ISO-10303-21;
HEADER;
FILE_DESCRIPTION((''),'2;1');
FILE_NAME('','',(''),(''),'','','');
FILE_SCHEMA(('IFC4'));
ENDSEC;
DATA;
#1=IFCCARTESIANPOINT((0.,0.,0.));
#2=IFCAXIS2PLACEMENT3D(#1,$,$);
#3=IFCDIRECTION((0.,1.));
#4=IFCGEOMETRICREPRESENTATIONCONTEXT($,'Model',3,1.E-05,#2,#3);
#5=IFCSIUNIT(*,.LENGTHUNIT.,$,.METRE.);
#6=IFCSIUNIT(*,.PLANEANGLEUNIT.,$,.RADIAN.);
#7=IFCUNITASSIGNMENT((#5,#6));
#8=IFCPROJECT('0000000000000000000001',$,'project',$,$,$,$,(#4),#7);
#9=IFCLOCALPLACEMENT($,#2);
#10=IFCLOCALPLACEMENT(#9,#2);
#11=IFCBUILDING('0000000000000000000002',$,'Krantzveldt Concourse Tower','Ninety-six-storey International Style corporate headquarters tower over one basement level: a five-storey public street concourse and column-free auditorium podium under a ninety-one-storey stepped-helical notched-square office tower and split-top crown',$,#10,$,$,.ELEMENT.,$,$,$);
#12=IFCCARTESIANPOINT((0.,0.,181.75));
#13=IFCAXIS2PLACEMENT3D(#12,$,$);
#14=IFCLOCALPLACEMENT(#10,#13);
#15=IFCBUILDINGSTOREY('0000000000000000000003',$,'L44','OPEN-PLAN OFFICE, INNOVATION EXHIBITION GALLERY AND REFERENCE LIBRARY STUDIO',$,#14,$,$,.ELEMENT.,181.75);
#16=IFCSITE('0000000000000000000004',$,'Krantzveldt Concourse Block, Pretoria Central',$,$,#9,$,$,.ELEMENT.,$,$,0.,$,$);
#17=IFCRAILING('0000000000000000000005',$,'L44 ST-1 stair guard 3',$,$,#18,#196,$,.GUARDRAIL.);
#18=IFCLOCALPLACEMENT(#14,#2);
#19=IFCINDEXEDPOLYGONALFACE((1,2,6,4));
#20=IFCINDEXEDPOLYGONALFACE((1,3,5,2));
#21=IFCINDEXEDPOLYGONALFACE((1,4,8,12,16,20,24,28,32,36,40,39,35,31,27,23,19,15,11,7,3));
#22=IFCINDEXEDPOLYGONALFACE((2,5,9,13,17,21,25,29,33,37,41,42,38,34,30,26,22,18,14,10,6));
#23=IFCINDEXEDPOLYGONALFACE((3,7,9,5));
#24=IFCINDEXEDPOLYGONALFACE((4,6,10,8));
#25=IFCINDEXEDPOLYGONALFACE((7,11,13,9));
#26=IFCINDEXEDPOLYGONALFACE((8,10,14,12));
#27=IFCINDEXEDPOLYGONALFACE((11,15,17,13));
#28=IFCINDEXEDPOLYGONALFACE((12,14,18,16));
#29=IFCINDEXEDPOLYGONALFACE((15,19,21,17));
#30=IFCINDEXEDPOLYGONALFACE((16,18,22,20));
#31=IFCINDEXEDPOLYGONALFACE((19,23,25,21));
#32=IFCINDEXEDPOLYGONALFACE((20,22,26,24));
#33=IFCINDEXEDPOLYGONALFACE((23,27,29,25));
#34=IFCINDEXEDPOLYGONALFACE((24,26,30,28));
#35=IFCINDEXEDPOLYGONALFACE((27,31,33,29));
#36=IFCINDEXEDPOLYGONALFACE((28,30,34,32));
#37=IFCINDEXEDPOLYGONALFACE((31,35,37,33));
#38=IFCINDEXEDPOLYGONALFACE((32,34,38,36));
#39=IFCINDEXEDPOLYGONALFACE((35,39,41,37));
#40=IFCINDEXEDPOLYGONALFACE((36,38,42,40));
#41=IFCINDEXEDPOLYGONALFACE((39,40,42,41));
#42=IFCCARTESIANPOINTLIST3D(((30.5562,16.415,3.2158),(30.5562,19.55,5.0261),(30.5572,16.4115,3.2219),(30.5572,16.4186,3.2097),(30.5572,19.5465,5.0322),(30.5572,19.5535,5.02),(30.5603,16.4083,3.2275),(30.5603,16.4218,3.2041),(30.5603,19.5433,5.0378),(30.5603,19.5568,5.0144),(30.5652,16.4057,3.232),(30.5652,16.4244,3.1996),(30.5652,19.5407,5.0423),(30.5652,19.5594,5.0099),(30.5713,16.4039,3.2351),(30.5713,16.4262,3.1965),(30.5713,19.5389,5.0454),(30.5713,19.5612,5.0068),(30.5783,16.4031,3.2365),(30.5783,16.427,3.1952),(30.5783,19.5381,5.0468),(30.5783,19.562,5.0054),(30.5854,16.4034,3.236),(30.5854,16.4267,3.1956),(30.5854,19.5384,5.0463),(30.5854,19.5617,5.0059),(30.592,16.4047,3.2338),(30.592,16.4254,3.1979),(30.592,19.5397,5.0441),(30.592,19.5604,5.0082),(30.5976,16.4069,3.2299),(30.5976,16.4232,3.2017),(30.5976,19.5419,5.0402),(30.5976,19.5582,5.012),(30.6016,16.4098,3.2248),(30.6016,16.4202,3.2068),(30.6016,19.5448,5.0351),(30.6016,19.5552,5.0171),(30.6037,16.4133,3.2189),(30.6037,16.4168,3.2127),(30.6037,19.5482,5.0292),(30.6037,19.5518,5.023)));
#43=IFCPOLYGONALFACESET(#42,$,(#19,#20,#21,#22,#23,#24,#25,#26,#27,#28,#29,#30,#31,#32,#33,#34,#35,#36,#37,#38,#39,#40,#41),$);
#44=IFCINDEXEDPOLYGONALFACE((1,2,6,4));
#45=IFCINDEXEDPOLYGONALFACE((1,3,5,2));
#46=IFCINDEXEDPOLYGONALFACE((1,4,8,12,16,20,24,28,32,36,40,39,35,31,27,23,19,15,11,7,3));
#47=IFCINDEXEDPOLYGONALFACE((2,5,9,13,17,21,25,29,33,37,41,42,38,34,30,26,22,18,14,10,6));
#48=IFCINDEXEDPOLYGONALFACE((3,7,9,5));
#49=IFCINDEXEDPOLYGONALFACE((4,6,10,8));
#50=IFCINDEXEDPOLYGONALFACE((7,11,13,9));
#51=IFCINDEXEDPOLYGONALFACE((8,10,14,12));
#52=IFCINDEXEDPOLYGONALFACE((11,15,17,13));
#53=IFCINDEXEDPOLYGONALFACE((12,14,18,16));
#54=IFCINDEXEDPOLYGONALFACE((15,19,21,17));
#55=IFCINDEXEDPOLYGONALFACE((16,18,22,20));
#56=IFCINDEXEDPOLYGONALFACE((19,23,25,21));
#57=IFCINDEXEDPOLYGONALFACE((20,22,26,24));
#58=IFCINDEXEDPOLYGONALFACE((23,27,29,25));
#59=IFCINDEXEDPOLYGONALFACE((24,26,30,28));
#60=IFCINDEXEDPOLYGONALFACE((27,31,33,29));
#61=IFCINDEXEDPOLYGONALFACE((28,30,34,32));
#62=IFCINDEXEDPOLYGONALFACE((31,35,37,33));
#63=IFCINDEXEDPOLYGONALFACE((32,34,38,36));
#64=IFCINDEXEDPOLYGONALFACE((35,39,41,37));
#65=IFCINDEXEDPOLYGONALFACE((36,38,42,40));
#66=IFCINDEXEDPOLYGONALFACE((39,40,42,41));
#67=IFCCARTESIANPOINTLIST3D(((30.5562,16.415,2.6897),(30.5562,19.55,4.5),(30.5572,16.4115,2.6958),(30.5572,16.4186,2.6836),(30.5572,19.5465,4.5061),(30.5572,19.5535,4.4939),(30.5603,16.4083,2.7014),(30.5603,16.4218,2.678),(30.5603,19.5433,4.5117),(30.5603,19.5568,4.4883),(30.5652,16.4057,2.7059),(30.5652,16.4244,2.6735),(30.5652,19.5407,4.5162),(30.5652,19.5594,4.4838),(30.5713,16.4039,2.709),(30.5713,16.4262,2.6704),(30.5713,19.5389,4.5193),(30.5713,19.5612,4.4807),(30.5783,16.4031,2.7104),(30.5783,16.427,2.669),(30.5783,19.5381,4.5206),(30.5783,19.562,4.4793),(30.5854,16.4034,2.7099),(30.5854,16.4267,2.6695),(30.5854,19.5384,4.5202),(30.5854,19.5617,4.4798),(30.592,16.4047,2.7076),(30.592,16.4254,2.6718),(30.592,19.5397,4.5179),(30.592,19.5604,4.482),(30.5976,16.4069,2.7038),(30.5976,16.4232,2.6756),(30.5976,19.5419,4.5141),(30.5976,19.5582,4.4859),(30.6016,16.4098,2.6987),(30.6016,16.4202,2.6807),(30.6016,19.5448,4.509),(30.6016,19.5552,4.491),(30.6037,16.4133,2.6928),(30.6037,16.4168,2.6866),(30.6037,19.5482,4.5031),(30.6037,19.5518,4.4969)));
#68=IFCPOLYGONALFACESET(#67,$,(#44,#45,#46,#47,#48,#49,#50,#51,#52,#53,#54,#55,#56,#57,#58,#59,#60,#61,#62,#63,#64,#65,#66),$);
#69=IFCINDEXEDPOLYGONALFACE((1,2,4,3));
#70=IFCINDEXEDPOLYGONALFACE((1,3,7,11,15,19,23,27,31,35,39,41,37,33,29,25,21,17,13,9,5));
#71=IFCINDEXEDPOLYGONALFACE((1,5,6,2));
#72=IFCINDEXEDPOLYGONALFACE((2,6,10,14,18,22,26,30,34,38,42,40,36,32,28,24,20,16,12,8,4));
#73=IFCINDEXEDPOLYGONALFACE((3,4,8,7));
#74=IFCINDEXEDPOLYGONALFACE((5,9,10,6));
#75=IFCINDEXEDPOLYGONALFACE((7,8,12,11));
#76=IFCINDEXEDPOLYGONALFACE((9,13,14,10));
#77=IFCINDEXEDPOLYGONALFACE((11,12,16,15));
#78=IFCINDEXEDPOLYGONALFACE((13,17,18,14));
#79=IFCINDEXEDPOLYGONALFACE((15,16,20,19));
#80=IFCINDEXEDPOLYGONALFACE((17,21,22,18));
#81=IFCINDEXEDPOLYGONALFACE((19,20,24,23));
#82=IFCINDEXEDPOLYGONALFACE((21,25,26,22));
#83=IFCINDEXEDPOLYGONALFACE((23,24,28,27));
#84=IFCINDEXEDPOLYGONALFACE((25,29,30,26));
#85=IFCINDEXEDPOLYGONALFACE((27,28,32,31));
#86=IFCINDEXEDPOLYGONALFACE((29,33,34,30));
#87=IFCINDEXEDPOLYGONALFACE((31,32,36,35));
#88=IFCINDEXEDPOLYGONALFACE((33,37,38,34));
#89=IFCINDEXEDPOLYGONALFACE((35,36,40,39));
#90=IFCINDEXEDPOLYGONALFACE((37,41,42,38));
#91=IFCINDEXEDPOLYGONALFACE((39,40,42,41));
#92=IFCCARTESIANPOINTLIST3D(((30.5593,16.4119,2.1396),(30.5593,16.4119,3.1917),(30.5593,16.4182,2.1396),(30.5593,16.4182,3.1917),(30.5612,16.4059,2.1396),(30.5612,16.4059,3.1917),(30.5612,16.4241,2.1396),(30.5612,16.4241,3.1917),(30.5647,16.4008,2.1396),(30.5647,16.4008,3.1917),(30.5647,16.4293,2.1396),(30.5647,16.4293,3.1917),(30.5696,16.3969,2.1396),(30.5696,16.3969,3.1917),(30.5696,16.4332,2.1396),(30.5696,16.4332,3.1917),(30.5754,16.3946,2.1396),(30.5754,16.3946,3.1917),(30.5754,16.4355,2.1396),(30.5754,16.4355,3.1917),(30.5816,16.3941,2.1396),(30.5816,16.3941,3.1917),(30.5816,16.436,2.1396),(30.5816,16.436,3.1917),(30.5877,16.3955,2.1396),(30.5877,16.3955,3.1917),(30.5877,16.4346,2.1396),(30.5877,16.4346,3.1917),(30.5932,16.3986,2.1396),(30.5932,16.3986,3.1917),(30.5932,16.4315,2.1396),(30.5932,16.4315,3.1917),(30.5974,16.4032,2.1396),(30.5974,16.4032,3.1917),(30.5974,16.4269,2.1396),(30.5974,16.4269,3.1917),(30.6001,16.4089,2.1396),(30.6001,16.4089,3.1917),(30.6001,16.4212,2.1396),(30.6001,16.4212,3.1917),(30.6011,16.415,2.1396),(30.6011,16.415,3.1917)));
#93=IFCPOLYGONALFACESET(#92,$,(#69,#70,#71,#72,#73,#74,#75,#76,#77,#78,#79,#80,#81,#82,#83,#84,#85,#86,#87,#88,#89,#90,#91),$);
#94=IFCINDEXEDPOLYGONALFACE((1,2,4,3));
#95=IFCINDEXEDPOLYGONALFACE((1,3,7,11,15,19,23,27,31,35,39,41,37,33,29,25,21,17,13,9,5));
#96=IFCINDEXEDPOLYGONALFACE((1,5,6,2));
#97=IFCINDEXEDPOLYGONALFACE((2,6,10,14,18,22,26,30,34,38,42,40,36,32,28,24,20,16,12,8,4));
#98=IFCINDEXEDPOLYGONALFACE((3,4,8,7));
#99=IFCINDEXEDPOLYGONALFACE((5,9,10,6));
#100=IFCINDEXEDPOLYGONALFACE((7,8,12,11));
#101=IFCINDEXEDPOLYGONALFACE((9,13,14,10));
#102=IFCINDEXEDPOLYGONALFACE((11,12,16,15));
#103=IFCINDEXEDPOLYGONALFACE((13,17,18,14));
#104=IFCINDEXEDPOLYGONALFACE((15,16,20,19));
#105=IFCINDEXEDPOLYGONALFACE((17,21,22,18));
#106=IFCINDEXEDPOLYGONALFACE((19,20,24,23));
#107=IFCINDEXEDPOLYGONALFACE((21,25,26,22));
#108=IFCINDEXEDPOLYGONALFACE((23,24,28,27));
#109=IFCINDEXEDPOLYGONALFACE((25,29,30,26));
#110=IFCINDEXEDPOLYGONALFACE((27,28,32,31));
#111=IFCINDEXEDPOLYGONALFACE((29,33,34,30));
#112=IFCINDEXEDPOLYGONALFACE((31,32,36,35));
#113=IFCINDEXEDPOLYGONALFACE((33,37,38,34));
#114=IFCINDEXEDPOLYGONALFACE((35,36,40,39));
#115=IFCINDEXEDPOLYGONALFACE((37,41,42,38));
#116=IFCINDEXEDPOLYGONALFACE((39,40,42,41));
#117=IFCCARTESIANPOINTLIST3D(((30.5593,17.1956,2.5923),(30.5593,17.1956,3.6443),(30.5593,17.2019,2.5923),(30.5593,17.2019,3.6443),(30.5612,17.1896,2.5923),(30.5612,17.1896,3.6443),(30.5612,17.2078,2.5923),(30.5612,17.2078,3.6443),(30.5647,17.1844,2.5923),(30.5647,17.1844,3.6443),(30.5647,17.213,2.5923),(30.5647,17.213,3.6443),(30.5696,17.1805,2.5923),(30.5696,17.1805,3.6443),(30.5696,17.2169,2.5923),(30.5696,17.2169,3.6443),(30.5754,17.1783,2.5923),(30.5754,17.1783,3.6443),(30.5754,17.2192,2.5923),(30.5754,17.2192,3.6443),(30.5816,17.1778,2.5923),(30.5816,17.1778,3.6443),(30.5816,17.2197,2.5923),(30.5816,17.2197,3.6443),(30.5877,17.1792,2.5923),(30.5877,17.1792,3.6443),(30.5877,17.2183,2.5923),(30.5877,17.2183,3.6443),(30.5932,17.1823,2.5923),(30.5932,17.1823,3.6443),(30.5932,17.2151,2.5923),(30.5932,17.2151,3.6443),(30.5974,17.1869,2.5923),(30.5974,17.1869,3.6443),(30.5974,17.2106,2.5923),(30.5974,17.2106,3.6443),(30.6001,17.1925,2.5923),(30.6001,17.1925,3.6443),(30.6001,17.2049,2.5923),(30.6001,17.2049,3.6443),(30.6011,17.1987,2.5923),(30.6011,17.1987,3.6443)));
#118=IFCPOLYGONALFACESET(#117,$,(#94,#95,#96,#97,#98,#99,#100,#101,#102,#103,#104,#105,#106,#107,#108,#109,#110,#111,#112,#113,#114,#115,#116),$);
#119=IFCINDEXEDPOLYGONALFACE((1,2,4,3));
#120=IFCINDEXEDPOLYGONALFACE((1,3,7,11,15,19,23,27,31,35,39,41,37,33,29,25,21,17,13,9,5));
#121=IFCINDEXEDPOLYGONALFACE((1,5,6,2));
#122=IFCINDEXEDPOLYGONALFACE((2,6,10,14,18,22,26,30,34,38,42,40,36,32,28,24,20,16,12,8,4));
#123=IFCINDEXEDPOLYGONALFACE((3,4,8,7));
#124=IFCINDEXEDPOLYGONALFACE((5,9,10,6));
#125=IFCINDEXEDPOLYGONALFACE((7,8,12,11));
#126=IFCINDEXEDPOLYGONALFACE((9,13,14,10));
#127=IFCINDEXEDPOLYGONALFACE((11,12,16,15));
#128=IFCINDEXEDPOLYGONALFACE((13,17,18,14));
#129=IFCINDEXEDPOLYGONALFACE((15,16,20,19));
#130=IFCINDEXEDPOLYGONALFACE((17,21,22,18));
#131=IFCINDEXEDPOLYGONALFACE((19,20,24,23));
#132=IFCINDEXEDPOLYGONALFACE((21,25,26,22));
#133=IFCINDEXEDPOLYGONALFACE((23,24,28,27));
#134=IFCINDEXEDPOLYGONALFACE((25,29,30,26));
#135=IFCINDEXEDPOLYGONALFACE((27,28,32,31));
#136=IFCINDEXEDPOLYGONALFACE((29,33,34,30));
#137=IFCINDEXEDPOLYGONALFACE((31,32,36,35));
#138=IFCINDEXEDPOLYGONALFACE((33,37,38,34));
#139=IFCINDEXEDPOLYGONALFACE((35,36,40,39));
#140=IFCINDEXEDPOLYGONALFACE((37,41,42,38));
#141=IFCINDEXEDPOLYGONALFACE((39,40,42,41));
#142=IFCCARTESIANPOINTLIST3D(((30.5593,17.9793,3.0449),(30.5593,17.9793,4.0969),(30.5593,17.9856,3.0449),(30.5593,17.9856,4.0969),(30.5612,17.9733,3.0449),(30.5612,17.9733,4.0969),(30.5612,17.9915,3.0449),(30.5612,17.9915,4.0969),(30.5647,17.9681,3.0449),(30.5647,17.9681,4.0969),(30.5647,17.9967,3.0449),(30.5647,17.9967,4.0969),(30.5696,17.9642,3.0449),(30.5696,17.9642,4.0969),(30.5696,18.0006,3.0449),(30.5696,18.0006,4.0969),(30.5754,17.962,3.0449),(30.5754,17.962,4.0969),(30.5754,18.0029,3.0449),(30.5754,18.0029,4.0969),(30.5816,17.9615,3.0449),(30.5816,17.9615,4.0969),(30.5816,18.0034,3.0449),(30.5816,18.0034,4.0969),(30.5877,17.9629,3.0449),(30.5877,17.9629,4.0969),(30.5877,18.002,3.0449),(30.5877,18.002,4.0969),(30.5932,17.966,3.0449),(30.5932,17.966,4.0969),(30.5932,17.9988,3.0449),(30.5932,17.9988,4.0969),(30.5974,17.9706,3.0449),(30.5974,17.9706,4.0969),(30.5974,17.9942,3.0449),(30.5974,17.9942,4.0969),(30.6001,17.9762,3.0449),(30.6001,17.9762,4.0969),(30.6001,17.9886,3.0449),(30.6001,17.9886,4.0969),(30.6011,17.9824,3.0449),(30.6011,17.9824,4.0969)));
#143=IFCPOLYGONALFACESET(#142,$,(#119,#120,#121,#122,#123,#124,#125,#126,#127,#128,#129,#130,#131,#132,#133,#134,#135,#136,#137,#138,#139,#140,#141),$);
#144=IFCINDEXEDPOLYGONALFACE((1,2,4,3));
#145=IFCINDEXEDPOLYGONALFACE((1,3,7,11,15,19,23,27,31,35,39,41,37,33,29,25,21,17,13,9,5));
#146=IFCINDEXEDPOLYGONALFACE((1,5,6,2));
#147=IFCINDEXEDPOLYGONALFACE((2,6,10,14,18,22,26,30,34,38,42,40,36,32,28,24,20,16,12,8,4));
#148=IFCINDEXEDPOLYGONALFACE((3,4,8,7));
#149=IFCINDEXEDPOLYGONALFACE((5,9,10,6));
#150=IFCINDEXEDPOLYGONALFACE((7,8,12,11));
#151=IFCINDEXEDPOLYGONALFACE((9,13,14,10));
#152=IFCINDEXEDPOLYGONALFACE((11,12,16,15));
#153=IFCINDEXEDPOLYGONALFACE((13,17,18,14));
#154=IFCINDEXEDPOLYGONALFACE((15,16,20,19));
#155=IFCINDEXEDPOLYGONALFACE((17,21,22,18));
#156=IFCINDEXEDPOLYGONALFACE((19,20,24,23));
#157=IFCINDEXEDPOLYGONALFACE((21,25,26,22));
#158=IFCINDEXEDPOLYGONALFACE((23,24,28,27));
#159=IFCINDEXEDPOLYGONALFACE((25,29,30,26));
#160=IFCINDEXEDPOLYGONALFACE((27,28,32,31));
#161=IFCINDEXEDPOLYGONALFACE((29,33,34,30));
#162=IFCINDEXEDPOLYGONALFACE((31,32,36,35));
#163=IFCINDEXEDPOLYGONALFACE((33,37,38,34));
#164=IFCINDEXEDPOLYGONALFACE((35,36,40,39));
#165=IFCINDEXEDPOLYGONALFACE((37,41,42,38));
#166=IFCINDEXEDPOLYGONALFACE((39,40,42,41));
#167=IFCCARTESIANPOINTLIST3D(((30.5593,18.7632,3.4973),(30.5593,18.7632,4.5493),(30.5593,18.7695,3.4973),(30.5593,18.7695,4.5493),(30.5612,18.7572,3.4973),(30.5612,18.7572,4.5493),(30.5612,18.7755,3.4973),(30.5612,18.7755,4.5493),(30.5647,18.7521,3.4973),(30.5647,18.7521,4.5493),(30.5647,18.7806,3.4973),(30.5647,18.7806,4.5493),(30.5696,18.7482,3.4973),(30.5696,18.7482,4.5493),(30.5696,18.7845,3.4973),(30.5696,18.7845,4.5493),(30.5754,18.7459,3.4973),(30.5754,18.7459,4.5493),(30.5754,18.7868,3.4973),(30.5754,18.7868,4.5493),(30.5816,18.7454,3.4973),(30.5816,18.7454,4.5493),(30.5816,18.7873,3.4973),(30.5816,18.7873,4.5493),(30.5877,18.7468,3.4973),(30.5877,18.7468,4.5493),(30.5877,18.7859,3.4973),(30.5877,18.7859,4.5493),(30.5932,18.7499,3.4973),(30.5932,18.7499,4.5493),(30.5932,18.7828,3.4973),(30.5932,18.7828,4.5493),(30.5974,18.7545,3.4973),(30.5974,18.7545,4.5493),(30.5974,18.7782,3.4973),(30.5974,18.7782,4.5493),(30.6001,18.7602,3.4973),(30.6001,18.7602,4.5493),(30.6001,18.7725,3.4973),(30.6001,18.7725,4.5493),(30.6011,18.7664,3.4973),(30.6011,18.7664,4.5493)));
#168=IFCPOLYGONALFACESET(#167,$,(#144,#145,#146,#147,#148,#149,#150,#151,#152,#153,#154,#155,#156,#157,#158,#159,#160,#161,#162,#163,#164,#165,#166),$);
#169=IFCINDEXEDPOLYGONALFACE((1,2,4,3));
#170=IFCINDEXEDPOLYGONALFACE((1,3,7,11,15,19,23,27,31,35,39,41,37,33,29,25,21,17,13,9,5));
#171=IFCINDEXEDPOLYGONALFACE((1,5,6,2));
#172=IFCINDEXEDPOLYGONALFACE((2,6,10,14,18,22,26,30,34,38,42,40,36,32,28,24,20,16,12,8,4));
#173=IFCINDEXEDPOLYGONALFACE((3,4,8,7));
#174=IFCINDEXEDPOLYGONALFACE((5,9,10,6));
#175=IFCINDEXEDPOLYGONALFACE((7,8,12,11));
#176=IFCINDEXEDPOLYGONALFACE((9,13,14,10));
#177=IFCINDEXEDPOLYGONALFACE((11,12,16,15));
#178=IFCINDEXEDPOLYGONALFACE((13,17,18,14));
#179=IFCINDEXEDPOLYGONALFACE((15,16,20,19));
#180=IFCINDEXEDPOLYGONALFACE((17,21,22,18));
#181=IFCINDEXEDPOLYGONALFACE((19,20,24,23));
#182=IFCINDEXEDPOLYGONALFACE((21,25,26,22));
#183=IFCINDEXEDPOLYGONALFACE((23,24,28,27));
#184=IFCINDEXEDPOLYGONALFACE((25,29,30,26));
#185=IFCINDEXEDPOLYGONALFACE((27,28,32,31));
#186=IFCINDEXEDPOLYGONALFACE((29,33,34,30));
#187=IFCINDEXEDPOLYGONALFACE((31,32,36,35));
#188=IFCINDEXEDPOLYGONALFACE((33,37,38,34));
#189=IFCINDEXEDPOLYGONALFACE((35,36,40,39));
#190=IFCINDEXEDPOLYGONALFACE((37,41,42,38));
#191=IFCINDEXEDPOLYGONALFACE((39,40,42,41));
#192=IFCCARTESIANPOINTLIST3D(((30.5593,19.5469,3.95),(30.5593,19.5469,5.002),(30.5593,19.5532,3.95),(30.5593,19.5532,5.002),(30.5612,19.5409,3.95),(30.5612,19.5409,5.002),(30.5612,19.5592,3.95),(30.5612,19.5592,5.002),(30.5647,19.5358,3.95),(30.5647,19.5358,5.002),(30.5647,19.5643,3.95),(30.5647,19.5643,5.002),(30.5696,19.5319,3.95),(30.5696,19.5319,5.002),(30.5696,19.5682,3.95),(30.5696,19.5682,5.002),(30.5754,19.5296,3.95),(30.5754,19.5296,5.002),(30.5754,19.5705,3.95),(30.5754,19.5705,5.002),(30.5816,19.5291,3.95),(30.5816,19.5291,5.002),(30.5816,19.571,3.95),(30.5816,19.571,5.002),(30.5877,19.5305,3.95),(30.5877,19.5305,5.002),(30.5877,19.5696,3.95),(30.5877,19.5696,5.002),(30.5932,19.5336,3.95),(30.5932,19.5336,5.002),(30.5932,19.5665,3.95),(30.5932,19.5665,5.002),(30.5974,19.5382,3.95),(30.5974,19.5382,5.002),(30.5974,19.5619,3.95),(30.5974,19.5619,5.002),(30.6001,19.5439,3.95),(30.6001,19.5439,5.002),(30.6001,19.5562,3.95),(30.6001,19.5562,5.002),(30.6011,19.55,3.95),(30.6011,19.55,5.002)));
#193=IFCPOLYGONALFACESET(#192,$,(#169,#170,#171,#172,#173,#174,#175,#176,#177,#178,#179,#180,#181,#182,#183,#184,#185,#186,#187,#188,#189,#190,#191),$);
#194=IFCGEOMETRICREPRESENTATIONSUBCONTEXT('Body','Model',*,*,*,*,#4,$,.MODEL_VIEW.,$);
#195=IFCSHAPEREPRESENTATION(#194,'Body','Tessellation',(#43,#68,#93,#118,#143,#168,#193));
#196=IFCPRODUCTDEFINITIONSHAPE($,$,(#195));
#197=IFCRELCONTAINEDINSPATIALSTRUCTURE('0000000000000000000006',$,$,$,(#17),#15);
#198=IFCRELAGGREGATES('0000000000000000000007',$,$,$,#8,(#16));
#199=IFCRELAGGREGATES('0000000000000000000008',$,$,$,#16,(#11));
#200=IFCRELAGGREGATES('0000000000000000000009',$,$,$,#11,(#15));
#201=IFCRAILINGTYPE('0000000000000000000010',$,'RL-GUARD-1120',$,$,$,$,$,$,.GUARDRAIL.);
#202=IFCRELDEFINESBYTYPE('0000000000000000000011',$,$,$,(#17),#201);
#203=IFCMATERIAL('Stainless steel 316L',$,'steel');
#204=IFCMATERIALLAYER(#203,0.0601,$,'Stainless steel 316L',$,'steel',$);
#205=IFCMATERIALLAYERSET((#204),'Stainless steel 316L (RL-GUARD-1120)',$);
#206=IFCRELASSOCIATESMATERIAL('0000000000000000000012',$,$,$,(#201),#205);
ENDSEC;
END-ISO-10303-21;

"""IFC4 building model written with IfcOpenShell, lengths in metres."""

from ifc_helpers import new_model, si_unit, direction, frame, origin, origin_2d, place, context, subcontext, project, spatial, circle, extrude, material, layer, layer_set, type_object, element, save


model = new_model("IFC4")

# Units and contexts
model_context = context("Model", 3, precision=1e-05, world=origin(), true_north=direction((0.0, 1.0)))
body_context = subcontext(model_context, "Body", "Model", "MODEL_VIEW")
ifc_project = project(units=[si_unit("LENGTHUNIT", "METRE"), si_unit("PLANEANGLEUNIT", "RADIAN")], contexts=[model_context])

# Site, building, storey
site_placement = place(None, origin())
site = spatial("IfcSite", under=ifc_project, at=site_placement, Name="Krantzveldt Concourse Block, Pretoria Central", CompositionType="ELEMENT", RefElevation=0.0)
building_placement = place(site_placement, origin())
building = spatial("IfcBuilding", under=site, at=building_placement, Name="Krantzveldt Concourse Tower", Description="Ninety-six-storey International Style corporate headquarters tower over one basement level: a five-storey public street concourse and column-free auditorium podium under a ninety-one-storey stepped-helical notched-square office tower and split-top crown", CompositionType="ELEMENT")
storey_placement = place(building_placement, frame((0.0, 0.0, 181.75)))
storey = spatial("IfcBuildingStorey", under=building, at=storey_placement, Name="L44", Description="OPEN-PLAN OFFICE, INNOVATION EXHIBITION GALLERY AND REFERENCE LIBRARY STUDIO", CompositionType="ELEMENT", Elevation=181.75)

# Shared definitions
ifc_material_1 = material(Name="Stainless steel 316L", Category="steel")

# Railing
ifc_layer_1 = layer(ifc_material_1, 0.0601, Name="Stainless steel 316L", Category="steel")
ifc_layer_set_1 = layer_set([ifc_layer_1], Name="Stainless steel 316L (RL-GUARD-1120)")
railing_type_1 = type_object("IfcRailingType", Name="RL-GUARD-1120", PredefinedType="GUARDRAIL", material=ifc_layer_set_1)
railing_1_placement = place(storey_placement, frame((30.5801, 16.415, 2.1396)))
element("IfcRailing", 1, at=railing_1_placement, inside=storey, type_object=railing_type_1, Name="L44 ST-1 stair guard 3", PredefinedType="GUARDRAIL", context=body_context, shape_type="SweptSolid", body=[
    extrude(circle(Radius=0.0239, at=origin_2d()), frame((0.0, 0.0, 1.0762), z_axis=(0.0, 0.865989, 0.500063), x_axis=(-1.0, 0.0, 0.0)), (0.0, 0.0, 1.0), 3.6201),
    extrude(circle(Radius=0.0239, at=origin_2d()), frame((0.0, 0.0, 0.55), z_axis=(0.0, 0.865989, 0.500063), x_axis=(-1.0, 0.0, 0.0)), (0.0, 0.0, 1.0), 3.6201),
    extrude(circle(Radius=0.021, at=origin_2d()), origin(), (0.0, 0.0, 1.0), 1.052),
    extrude(circle(Radius=0.021, at=origin_2d()), frame((0.0, 0.7837, 0.4526)), (0.0, 0.0, 1.0), 1.052),
    extrude(circle(Radius=0.021, at=origin_2d()), frame((0.0, 1.5674, 0.9053)), (0.0, 0.0, 1.0), 1.052),
    extrude(circle(Radius=0.021, at=origin_2d()), frame((0.0, 2.3513, 1.3577)), (0.0, 0.0, 1.0), 1.052),
    extrude(circle(Radius=0.021, at=origin_2d()), frame((0.0, 3.135, 1.8103)), (0.0, 0.0, 1.0), 1.052),
])

save(model, "model.ifc")
